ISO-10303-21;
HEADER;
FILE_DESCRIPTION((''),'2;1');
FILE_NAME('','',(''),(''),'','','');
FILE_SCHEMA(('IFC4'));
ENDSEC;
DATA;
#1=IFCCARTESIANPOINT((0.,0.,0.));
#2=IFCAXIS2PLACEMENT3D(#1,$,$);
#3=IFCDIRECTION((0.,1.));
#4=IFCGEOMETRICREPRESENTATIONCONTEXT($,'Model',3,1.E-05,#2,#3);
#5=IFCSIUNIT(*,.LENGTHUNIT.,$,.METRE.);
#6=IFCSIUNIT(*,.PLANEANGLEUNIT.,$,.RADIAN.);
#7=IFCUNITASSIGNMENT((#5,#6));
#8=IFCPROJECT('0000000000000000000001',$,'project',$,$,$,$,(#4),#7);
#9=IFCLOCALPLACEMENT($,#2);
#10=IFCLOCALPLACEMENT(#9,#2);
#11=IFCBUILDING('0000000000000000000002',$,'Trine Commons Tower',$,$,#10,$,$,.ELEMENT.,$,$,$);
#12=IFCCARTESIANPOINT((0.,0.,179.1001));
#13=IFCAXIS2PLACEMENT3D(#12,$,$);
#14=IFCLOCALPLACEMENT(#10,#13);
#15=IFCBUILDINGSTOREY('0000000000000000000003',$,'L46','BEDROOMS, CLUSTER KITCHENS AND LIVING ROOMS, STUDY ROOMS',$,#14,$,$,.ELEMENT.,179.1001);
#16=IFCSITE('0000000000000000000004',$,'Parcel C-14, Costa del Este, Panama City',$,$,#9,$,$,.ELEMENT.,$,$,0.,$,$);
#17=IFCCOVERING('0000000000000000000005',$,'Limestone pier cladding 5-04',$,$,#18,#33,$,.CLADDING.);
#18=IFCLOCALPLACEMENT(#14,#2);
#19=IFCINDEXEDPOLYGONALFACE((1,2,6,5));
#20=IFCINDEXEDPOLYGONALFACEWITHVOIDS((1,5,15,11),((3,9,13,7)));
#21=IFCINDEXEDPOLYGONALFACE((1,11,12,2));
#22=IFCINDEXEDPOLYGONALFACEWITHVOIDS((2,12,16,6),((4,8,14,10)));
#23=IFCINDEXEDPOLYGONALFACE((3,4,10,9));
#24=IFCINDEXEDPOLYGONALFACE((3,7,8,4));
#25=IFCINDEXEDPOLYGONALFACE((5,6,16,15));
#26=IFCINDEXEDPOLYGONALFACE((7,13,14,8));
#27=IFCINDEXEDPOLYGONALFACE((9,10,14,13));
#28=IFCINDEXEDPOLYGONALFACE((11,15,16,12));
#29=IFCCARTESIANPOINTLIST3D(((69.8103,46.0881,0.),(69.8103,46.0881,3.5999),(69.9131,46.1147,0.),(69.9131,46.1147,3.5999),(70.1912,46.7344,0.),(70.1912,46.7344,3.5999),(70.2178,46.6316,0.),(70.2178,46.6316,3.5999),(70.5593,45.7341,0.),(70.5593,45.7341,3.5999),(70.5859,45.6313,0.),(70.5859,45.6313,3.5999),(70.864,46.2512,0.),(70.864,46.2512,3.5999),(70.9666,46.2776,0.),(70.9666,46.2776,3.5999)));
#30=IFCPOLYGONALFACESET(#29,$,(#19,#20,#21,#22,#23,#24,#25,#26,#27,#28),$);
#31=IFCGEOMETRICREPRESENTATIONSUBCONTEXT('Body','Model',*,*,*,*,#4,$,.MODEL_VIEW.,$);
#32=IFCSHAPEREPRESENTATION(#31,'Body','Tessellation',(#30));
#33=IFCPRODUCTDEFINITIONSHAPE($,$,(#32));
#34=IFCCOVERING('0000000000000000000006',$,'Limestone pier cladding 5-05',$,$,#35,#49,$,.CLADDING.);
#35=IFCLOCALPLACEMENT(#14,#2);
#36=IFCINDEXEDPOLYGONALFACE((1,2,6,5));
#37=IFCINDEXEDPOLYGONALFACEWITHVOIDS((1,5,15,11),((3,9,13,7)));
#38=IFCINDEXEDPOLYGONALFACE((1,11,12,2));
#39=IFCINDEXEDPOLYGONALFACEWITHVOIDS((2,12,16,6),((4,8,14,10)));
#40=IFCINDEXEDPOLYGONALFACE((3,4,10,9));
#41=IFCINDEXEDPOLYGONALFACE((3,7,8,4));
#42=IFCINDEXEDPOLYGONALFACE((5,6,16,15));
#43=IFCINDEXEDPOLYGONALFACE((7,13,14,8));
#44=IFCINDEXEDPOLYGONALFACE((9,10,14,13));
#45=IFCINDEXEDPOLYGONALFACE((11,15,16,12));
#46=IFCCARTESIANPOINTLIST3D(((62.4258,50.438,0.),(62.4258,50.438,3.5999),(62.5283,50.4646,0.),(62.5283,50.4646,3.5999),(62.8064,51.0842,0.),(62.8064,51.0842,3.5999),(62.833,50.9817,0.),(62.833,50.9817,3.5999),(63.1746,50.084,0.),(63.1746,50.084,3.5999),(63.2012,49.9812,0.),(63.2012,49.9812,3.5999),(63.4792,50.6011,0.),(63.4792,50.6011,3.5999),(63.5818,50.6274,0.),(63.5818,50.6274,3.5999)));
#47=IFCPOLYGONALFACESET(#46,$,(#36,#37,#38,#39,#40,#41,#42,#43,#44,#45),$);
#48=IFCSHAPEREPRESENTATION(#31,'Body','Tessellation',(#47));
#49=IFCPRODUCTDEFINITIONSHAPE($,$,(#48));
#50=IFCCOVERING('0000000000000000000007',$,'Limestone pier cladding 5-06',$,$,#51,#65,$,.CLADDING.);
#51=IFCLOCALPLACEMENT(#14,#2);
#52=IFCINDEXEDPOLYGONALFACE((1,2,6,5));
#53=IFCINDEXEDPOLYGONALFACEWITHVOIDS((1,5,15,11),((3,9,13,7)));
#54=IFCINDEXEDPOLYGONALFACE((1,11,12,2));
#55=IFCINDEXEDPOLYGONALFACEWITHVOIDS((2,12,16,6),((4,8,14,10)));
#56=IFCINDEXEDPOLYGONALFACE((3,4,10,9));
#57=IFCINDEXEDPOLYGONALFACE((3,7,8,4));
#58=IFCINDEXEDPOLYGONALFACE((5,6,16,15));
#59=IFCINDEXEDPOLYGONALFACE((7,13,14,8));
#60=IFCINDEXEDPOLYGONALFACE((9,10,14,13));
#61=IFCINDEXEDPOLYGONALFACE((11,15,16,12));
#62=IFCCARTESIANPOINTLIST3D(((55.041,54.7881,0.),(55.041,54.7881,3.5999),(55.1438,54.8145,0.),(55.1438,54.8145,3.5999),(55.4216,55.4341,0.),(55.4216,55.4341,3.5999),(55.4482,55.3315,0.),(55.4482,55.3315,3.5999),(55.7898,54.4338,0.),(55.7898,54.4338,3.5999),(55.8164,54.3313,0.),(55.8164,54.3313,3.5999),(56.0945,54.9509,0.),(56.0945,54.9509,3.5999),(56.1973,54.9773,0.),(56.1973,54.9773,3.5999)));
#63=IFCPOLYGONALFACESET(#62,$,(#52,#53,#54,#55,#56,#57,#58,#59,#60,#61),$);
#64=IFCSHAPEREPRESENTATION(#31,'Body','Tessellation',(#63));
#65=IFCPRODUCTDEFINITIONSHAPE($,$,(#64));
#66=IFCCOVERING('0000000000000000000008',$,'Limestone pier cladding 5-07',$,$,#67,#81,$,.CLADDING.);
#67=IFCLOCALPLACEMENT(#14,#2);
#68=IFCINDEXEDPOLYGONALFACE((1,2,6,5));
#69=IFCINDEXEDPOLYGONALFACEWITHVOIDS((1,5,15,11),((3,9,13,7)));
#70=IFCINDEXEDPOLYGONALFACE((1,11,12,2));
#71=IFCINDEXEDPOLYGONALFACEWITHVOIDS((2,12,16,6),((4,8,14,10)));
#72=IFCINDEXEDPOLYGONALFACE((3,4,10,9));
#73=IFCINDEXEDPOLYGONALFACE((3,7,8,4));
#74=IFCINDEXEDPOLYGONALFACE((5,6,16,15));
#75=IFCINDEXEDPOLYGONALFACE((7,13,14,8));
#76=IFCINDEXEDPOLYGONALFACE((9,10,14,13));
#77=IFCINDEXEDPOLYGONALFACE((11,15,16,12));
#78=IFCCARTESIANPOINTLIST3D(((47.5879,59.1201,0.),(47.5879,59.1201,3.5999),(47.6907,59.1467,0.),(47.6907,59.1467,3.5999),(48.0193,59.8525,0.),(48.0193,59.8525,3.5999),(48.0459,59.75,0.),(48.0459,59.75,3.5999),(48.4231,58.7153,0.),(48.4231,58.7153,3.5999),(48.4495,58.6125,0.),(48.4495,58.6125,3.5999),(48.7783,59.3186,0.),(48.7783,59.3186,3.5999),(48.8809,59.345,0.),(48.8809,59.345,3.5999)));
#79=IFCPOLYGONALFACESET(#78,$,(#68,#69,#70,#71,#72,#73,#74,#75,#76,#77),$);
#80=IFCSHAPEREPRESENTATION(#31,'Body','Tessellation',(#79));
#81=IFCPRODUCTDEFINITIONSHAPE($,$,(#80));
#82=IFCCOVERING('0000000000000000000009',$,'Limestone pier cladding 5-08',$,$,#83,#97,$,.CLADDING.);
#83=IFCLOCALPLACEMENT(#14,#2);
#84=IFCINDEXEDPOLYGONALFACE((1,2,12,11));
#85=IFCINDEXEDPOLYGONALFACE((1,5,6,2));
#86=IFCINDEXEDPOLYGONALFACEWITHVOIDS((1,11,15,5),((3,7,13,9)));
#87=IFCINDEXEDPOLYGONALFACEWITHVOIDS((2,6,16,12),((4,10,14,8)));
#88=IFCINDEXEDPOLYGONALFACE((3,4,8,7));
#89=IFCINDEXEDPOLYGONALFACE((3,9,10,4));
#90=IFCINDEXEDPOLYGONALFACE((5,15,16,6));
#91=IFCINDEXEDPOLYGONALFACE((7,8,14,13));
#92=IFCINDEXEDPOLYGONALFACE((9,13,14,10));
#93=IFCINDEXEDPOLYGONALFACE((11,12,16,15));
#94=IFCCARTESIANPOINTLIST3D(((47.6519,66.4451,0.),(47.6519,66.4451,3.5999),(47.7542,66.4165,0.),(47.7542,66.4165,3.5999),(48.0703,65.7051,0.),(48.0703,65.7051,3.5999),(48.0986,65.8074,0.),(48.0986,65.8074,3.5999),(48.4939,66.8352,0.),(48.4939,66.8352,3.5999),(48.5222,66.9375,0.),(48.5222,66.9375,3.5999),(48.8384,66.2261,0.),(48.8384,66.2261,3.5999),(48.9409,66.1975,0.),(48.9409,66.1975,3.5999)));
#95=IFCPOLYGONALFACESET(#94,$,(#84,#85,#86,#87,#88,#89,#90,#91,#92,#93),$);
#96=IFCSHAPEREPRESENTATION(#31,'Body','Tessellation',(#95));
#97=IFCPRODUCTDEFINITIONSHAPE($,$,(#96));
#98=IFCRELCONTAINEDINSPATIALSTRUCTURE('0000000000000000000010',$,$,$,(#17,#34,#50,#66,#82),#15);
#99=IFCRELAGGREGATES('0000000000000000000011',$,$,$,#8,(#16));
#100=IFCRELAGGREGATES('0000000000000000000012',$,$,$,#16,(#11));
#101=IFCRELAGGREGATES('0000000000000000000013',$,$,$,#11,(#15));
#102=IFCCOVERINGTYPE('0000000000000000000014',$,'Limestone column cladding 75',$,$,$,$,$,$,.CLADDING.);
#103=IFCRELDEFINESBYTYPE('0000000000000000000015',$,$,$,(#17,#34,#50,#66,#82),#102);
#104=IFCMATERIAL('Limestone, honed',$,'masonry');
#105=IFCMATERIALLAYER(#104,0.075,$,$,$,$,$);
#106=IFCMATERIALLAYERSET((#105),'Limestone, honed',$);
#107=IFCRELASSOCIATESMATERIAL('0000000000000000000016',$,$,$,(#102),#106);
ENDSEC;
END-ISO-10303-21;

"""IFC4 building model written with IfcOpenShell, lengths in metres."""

from ifc_helpers import new_model, si_unit, direction, frame, origin, place, context, subcontext, project, spatial, polyline, outline, extrude, material, layer, layer_set, type_object, element, save


model = new_model("IFC4")

# Units and contexts
model_context = context("Model", 3, precision=1e-05, world=origin(), true_north=direction((0.0, 1.0)))
body_context = subcontext(model_context, "Body", "Model", "MODEL_VIEW")
ifc_project = project(units=[si_unit("LENGTHUNIT", "METRE"), si_unit("PLANEANGLEUNIT", "RADIAN")], contexts=[model_context])

# Site, building, storey
site_placement = place(None, origin())
site = spatial("IfcSite", under=ifc_project, at=site_placement, Name="Parcel C-14, Costa del Este, Panama City", CompositionType="ELEMENT", RefElevation=0.0)
building_placement = place(site_placement, origin())
building = spatial("IfcBuilding", under=site, at=building_placement, Name="Trine Commons Tower", CompositionType="ELEMENT")
storey_placement = place(building_placement, frame((0.0, 0.0, 179.1001)))
storey = spatial("IfcBuildingStorey", under=building, at=storey_placement, Name="L46", Description="BEDROOMS, CLUSTER KITCHENS AND LIVING ROOMS, STUDY ROOMS", CompositionType="ELEMENT", Elevation=179.1001)

# Coverings
ifc_material_1 = material(Name="Limestone, honed", Category="masonry")
ifc_layer_1 = layer(ifc_material_1, 0.075)
ifc_layer_set_1 = layer_set([ifc_layer_1], Name="Limestone, honed")
covering_type_1 = type_object("IfcCoveringType", Name="Limestone column cladding 75", PredefinedType="CLADDING", material=ifc_layer_set_1)
covering_1_placement = place(storey_placement, origin())
element("IfcCovering", 1, at=covering_1_placement, inside=storey, type_object=covering_type_1, Name="Limestone pier cladding 5-04", PredefinedType="CLADDING", context=body_context, shape_type="SweptSolid", body=[
    extrude(outline(polyline([(70.1912, 46.7344), (69.8103, 46.0881), (70.5859, 45.6313), (70.9666, 46.2776), (70.1912, 46.7344)]), holes=[polyline([(70.2178, 46.6316), (69.9131, 46.1147), (70.5593, 45.7341), (70.864, 46.2512), (70.2178, 46.6316)])]), origin(), (0.0, 0.0, 1.0), 3.5999),
])
covering_2_placement = place(storey_placement, origin())
element("IfcCovering", 2, at=covering_2_placement, inside=storey, type_object=covering_type_1, Name="Limestone pier cladding 5-05", PredefinedType="CLADDING", context=body_context, shape_type="SweptSolid", body=[
    extrude(outline(polyline([(62.8064, 51.0842), (62.4258, 50.438), (63.2012, 49.9812), (63.5818, 50.6274), (62.8064, 51.0842)]), holes=[polyline([(62.833, 50.9817), (62.5283, 50.4646), (63.1746, 50.084), (63.4792, 50.6011), (62.833, 50.9817)])]), origin(), (0.0, 0.0, 1.0), 3.5999),
])
covering_3_placement = place(storey_placement, origin())
element("IfcCovering", 3, at=covering_3_placement, inside=storey, type_object=covering_type_1, Name="Limestone pier cladding 5-06", PredefinedType="CLADDING", context=body_context, shape_type="SweptSolid", body=[
    extrude(outline(polyline([(55.4216, 55.4341), (55.041, 54.7881), (55.8164, 54.3313), (56.1973, 54.9773), (55.4216, 55.4341)]), holes=[polyline([(55.4482, 55.3315), (55.1438, 54.8145), (55.7898, 54.4338), (56.0945, 54.9509), (55.4482, 55.3315)])]), origin(), (0.0, 0.0, 1.0), 3.5999),
])
covering_4_placement = place(storey_placement, origin())
element("IfcCovering", 4, at=covering_4_placement, inside=storey, type_object=covering_type_1, Name="Limestone pier cladding 5-07", PredefinedType="CLADDING", context=body_context, shape_type="SweptSolid", body=[
    extrude(outline(polyline([(48.0193, 59.8525), (47.5879, 59.1201), (48.4495, 58.6125), (48.8809, 59.345), (48.0193, 59.8525)]), holes=[polyline([(48.0459, 59.75), (47.6907, 59.1467), (48.4231, 58.7153), (48.7783, 59.3186), (48.0459, 59.75)])]), origin(), (0.0, 0.0, 1.0), 3.5999),
])
covering_5_placement = place(storey_placement, origin())
element("IfcCovering", 5, at=covering_5_placement, inside=storey, type_object=covering_type_1, Name="Limestone pier cladding 5-08", PredefinedType="CLADDING", context=body_context, shape_type="SweptSolid", body=[
    extrude(outline(polyline([(48.9409, 66.1975), (48.5222, 66.9375), (47.6519, 66.4451), (48.0703, 65.7051), (48.9409, 66.1975)]), holes=[polyline([(48.8384, 66.2261), (48.4939, 66.8352), (47.7542, 66.4165), (48.0986, 65.8074), (48.8384, 66.2261)])]), origin(), (0.0, 0.0, 1.0), 3.5999),
])

save(model, "model.ifc")
